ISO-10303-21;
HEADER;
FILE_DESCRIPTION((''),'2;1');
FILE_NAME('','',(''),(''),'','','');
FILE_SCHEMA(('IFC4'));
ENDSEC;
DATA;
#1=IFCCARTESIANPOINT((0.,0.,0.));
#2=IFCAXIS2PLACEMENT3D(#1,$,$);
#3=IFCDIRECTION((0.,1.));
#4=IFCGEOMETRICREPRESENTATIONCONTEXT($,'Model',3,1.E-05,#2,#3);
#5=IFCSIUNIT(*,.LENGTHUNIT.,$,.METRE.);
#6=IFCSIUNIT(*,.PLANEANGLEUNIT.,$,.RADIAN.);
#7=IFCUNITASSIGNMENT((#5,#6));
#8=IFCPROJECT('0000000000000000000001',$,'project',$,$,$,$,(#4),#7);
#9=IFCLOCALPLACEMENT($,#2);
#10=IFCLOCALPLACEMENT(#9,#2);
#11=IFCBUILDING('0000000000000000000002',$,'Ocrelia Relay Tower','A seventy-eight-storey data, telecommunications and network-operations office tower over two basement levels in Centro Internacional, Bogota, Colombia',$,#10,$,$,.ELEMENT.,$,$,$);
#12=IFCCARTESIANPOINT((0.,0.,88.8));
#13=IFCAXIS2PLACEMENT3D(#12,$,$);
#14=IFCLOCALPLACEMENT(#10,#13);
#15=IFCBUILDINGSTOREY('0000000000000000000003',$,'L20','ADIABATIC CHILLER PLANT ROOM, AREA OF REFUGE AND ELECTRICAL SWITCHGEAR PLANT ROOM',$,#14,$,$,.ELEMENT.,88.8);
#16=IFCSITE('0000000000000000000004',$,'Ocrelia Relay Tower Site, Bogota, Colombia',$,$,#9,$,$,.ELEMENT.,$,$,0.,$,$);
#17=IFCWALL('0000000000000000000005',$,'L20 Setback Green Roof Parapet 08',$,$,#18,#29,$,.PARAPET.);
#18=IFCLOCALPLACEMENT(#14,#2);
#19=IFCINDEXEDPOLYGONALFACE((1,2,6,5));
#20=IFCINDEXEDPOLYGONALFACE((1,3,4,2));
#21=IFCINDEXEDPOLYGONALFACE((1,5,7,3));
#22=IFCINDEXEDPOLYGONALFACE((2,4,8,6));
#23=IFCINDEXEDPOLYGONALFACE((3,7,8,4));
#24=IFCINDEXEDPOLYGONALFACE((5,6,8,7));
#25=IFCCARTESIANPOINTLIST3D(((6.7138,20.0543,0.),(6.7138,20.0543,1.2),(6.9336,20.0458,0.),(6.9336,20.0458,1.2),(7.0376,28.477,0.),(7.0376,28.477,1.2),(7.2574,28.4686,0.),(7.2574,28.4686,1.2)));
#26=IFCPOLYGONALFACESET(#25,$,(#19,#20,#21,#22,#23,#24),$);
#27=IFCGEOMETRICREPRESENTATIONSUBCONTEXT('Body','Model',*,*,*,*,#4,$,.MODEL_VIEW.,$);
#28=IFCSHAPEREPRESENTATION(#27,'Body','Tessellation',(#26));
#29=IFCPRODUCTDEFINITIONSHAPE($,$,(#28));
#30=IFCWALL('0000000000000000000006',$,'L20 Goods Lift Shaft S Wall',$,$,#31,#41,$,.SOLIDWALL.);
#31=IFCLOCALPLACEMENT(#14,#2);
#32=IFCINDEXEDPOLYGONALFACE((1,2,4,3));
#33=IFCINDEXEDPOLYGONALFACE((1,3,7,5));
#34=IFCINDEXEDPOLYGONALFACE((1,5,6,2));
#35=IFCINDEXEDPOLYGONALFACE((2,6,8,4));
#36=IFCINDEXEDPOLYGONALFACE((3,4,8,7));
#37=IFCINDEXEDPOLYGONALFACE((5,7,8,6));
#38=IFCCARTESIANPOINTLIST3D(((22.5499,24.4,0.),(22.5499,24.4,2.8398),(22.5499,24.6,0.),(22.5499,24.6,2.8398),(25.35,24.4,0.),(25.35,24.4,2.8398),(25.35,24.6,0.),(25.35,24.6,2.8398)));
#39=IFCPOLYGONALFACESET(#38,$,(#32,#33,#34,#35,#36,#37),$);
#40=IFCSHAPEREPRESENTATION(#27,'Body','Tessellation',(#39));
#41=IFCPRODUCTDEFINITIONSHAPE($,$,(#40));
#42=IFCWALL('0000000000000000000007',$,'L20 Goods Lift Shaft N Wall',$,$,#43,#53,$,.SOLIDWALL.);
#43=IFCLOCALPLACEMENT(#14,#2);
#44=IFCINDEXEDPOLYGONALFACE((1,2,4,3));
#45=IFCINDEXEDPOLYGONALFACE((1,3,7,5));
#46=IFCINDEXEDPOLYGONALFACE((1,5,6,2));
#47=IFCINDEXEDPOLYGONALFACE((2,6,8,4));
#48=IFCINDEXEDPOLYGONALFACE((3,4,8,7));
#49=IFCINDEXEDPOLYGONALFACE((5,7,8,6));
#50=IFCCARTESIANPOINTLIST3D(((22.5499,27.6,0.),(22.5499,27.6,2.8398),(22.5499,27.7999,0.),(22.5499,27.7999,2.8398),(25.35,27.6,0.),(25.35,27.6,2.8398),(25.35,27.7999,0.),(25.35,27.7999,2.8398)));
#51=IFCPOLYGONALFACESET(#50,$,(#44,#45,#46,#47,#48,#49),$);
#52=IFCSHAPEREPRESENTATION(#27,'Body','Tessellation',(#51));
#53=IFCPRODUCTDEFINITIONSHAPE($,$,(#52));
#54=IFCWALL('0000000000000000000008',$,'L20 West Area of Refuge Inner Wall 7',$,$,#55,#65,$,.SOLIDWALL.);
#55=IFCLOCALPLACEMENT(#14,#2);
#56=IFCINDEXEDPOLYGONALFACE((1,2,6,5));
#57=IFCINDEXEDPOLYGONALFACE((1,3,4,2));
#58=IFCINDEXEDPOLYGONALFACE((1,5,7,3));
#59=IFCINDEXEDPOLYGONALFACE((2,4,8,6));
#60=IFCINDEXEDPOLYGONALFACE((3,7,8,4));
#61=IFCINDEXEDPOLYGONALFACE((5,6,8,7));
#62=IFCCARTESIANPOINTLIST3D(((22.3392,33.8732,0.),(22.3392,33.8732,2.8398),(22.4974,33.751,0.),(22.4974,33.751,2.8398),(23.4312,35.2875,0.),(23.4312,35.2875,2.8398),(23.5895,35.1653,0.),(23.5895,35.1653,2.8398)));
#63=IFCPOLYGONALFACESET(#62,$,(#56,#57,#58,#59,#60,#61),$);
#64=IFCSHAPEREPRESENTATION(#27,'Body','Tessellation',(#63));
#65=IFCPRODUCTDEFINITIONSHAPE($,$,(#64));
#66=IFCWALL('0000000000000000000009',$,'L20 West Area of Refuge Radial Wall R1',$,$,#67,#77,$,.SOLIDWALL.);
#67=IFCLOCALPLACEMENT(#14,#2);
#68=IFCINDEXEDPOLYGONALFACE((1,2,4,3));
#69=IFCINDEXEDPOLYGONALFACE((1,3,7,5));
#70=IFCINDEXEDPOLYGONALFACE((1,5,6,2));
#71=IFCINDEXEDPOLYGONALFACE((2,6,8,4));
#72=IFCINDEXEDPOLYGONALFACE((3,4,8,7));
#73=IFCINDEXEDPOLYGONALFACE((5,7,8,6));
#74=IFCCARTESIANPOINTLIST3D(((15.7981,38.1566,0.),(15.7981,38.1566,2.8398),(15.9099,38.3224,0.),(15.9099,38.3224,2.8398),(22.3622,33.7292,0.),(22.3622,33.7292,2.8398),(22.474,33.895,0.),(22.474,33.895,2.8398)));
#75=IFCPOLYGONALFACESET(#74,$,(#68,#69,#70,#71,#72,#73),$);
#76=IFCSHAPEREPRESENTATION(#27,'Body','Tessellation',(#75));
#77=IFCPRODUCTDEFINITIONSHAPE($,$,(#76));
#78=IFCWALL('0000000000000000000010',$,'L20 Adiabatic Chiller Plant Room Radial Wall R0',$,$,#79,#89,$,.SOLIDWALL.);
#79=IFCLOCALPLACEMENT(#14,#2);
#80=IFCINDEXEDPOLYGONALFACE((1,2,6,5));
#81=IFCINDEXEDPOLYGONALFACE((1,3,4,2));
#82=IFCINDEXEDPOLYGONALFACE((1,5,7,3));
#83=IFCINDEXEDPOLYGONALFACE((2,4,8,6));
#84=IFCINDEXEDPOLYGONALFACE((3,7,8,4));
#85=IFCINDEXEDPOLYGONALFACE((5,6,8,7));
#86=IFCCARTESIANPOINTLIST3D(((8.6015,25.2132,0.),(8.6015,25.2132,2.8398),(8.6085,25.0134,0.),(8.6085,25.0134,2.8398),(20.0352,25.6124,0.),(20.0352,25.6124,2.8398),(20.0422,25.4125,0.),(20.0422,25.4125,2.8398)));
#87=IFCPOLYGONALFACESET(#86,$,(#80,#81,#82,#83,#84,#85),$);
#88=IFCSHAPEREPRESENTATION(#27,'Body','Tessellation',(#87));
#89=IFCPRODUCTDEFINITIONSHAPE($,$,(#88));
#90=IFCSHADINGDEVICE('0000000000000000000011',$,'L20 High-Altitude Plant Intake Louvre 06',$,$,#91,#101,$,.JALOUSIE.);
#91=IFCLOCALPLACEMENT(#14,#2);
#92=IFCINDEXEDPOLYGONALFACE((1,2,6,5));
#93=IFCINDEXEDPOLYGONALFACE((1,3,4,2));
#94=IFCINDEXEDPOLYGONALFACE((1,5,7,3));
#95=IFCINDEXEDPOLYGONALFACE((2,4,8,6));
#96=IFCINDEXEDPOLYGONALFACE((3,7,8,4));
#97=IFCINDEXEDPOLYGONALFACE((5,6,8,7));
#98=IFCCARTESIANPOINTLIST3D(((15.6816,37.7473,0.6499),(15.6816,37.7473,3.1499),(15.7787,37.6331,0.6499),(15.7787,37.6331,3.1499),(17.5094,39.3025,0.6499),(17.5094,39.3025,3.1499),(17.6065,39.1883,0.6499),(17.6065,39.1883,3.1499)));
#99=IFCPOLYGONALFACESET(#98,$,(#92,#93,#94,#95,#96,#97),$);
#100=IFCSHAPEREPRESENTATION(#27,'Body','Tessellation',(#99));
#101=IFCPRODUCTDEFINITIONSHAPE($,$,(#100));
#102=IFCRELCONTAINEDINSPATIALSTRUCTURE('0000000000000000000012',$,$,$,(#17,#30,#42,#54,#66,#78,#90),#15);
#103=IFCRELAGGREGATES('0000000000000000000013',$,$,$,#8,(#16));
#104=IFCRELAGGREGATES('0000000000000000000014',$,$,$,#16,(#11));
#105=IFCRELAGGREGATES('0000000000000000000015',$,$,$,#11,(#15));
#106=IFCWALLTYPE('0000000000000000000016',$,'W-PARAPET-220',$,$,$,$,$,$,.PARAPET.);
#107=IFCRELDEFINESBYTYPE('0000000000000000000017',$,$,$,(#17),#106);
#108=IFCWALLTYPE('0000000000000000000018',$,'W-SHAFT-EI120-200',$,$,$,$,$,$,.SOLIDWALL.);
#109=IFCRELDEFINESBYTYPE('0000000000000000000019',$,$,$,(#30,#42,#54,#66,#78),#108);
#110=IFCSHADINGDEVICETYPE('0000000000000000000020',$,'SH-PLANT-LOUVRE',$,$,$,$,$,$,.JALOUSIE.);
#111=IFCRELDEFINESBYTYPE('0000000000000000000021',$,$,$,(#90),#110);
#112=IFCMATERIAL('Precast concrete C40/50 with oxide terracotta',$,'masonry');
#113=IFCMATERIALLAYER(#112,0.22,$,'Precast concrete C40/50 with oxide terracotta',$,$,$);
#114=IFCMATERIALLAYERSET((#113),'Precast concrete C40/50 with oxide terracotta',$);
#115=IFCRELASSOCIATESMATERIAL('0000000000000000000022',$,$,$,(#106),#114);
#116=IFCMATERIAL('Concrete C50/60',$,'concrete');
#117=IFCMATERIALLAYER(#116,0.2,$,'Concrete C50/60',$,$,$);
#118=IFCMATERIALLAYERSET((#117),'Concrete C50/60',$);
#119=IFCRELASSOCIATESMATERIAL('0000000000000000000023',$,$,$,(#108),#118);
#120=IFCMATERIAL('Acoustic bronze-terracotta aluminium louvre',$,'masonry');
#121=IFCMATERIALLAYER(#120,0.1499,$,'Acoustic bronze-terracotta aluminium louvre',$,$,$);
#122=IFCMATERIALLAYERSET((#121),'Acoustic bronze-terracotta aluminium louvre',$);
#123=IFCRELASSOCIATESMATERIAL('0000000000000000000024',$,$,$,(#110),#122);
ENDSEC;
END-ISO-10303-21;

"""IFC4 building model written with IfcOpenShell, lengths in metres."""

from ifc_helpers import new_model, si_unit, direction, frame, frame_2d, origin, origin_2d, place, context, subcontext, project, spatial, rectangle, extrude, material, layer, layer_set, type_object, element, save


model = new_model("IFC4")

# Units and contexts
model_context = context("Model", 3, precision=1e-05, world=origin(), true_north=direction((0.0, 1.0)))
body_context = subcontext(model_context, "Body", "Model", "MODEL_VIEW")
ifc_project = project(units=[si_unit("LENGTHUNIT", "METRE"), si_unit("PLANEANGLEUNIT", "RADIAN")], contexts=[model_context])

# Site, building, storey
site_placement = place(None, origin())
site = spatial("IfcSite", under=ifc_project, at=site_placement, Name="Ocrelia Relay Tower Site, Bogota, Colombia", CompositionType="ELEMENT", RefElevation=0.0)
building_placement = place(site_placement, origin())
building = spatial("IfcBuilding", under=site, at=building_placement, Name="Ocrelia Relay Tower", Description="A seventy-eight-storey data, telecommunications and network-operations office tower over two basement levels in Centro Internacional, Bogota, Colombia", CompositionType="ELEMENT")
storey_placement = place(building_placement, frame((0.0, 0.0, 88.8)))
storey = spatial("IfcBuildingStorey", under=building, at=storey_placement, Name="L20", Description="ADIABATIC CHILLER PLANT ROOM, AREA OF REFUGE AND ELECTRICAL SWITCHGEAR PLANT ROOM", CompositionType="ELEMENT", Elevation=88.8)

# Wall
ifc_material_1 = material(Name="Precast concrete C40/50 with oxide terracotta", Category="masonry")
ifc_layer_1 = layer(ifc_material_1, 0.22, Name="Precast concrete C40/50 with oxide terracotta")
ifc_layer_set_1 = layer_set([ifc_layer_1], Name="Precast concrete C40/50 with oxide terracotta")
wall_type_1 = type_object("IfcWallType", Name="W-PARAPET-220", PredefinedType="PARAPET", material=ifc_layer_set_1)
wall_1_placement = place(storey_placement, frame((7.1475, 28.4727, 0.0), z_axis=(0.0, 0.0, 1.0), x_axis=(-0.038406, -0.999262, 0.0)))
element("IfcWall", 1, at=wall_1_placement, inside=storey, type_object=wall_type_1, Name="L20 Setback Green Roof Parapet 08", PredefinedType="PARAPET", context=body_context, shape_type="SweptSolid", body=[
    extrude(rectangle(XDim=8.429, YDim=0.22, at=frame_2d((4.2144, 0.0))), origin(), (0.0, 0.0, 1.0), 1.2),
])

# Shared definitions
ifc_material_2 = material(Name="Concrete C50/60", Category="concrete")
ifc_layer_2 = layer(ifc_material_2, 0.2, Name="Concrete C50/60")
ifc_layer_set_2 = layer_set([ifc_layer_2], Name="Concrete C50/60")
wall_type_2 = type_object("IfcWallType", Name="W-SHAFT-EI120-200", PredefinedType="SOLIDWALL", material=ifc_layer_set_2)

# Walls
for number, where, z_axis, x_axis, name in (
    (2, (22.55, 24.5, 0.0), (0.0, 0.0, 1.0), (1.0, 0.0, 0.0), "L20 Goods Lift Shaft S Wall"),
    (3, (22.55, 27.7, 0.0), (0.0, 0.0, 1.0), (1.0, 0.0, 0.0), "L20 Goods Lift Shaft N Wall"),
):
    element("IfcWall", number, at=place(storey_placement, frame(where, z_axis=z_axis, x_axis=x_axis)), inside=storey, type_object=wall_type_2, Name=name, PredefinedType="SOLIDWALL", context=body_context, shape_type="SweptSolid", body=[
        extrude(rectangle(XDim=2.8, YDim=0.2, at=frame_2d((1.3999, 0.0))), origin(), (0.0, 0.0, 1.0), 2.8398),
    ])
wall_2_placement = place(storey_placement, frame((22.4182, 33.812, 0.0), z_axis=(0.0, 0.0, 1.0), x_axis=(0.611156, 0.79151, 0.0)))
element("IfcWall", 4, at=wall_2_placement, inside=storey, type_object=wall_type_2, Name="L20 West Area of Refuge Inner Wall 7", PredefinedType="SOLIDWALL", context=body_context, shape_type="SweptSolid", body=[
    extrude(rectangle(XDim=1.7869, YDim=0.2, at=frame_2d((0.8936, 0.0))), origin(), (0.0, 0.0, 1.0), 2.8398),
])

# Walls
wall_3_placement = place(storey_placement, frame((22.4182, 33.812, 0.0), z_axis=(0.0, 0.0, 1.0), x_axis=(-0.829045, 0.559182, 0.0)))
element("IfcWall", 5, at=wall_3_placement, inside=storey, type_object=wall_type_2, Name="L20 West Area of Refuge Radial Wall R1", PredefinedType="SOLIDWALL", context=body_context, shape_type="SweptSolid", body=[
    extrude(rectangle(XDim=7.9177, YDim=0.2, at=frame_2d((3.959, 0.0))), origin(), (0.0, 0.0, 1.0), 2.8398),
])
wall_4_placement = place(storey_placement, frame((20.0386, 25.5125, 0.0), z_axis=(0.0, 0.0, 1.0), x_axis=(-0.999391, -0.034891, 0.0)))
element("IfcWall", 6, at=wall_4_placement, inside=storey, type_object=wall_type_2, Name="L20 Adiabatic Chiller Plant Room Radial Wall R0", PredefinedType="SOLIDWALL", context=body_context, shape_type="SweptSolid", body=[
    extrude(rectangle(XDim=11.4407, YDim=0.2, at=frame_2d((5.7202, 0.0))), origin(), (0.0, 0.0, 1.0), 2.8398),
])

# Shading device
ifc_material_3 = material(Name="Acoustic bronze-terracotta aluminium louvre", Category="masonry")
ifc_layer_3 = layer(ifc_material_3, 0.1499, Name="Acoustic bronze-terracotta aluminium louvre")
ifc_layer_set_3 = layer_set([ifc_layer_3], Name="Acoustic bronze-terracotta aluminium louvre")
shading_device_type = type_object("IfcShadingDeviceType", Name="SH-PLANT-LOUVRE", PredefinedType="JALOUSIE", material=ifc_layer_set_3)
shading_device_placement = place(storey_placement, frame((16.644, 38.4678, 0.6499), z_axis=(0.0, 0.0, 1.0), x_axis=(-0.761614, -0.648031, 0.0)))
element("IfcShadingDevice", 7, at=shading_device_placement, inside=storey, type_object=shading_device_type, Name="L20 High-Altitude Plant Intake Louvre 06", PredefinedType="JALOUSIE", context=body_context, shape_type="SweptSolid", body=[
    extrude(rectangle(XDim=2.3999, YDim=0.1499, at=origin_2d()), origin(), (0.0, 0.0, 1.0), 2.5),
])

save(model, "model.ifc")
